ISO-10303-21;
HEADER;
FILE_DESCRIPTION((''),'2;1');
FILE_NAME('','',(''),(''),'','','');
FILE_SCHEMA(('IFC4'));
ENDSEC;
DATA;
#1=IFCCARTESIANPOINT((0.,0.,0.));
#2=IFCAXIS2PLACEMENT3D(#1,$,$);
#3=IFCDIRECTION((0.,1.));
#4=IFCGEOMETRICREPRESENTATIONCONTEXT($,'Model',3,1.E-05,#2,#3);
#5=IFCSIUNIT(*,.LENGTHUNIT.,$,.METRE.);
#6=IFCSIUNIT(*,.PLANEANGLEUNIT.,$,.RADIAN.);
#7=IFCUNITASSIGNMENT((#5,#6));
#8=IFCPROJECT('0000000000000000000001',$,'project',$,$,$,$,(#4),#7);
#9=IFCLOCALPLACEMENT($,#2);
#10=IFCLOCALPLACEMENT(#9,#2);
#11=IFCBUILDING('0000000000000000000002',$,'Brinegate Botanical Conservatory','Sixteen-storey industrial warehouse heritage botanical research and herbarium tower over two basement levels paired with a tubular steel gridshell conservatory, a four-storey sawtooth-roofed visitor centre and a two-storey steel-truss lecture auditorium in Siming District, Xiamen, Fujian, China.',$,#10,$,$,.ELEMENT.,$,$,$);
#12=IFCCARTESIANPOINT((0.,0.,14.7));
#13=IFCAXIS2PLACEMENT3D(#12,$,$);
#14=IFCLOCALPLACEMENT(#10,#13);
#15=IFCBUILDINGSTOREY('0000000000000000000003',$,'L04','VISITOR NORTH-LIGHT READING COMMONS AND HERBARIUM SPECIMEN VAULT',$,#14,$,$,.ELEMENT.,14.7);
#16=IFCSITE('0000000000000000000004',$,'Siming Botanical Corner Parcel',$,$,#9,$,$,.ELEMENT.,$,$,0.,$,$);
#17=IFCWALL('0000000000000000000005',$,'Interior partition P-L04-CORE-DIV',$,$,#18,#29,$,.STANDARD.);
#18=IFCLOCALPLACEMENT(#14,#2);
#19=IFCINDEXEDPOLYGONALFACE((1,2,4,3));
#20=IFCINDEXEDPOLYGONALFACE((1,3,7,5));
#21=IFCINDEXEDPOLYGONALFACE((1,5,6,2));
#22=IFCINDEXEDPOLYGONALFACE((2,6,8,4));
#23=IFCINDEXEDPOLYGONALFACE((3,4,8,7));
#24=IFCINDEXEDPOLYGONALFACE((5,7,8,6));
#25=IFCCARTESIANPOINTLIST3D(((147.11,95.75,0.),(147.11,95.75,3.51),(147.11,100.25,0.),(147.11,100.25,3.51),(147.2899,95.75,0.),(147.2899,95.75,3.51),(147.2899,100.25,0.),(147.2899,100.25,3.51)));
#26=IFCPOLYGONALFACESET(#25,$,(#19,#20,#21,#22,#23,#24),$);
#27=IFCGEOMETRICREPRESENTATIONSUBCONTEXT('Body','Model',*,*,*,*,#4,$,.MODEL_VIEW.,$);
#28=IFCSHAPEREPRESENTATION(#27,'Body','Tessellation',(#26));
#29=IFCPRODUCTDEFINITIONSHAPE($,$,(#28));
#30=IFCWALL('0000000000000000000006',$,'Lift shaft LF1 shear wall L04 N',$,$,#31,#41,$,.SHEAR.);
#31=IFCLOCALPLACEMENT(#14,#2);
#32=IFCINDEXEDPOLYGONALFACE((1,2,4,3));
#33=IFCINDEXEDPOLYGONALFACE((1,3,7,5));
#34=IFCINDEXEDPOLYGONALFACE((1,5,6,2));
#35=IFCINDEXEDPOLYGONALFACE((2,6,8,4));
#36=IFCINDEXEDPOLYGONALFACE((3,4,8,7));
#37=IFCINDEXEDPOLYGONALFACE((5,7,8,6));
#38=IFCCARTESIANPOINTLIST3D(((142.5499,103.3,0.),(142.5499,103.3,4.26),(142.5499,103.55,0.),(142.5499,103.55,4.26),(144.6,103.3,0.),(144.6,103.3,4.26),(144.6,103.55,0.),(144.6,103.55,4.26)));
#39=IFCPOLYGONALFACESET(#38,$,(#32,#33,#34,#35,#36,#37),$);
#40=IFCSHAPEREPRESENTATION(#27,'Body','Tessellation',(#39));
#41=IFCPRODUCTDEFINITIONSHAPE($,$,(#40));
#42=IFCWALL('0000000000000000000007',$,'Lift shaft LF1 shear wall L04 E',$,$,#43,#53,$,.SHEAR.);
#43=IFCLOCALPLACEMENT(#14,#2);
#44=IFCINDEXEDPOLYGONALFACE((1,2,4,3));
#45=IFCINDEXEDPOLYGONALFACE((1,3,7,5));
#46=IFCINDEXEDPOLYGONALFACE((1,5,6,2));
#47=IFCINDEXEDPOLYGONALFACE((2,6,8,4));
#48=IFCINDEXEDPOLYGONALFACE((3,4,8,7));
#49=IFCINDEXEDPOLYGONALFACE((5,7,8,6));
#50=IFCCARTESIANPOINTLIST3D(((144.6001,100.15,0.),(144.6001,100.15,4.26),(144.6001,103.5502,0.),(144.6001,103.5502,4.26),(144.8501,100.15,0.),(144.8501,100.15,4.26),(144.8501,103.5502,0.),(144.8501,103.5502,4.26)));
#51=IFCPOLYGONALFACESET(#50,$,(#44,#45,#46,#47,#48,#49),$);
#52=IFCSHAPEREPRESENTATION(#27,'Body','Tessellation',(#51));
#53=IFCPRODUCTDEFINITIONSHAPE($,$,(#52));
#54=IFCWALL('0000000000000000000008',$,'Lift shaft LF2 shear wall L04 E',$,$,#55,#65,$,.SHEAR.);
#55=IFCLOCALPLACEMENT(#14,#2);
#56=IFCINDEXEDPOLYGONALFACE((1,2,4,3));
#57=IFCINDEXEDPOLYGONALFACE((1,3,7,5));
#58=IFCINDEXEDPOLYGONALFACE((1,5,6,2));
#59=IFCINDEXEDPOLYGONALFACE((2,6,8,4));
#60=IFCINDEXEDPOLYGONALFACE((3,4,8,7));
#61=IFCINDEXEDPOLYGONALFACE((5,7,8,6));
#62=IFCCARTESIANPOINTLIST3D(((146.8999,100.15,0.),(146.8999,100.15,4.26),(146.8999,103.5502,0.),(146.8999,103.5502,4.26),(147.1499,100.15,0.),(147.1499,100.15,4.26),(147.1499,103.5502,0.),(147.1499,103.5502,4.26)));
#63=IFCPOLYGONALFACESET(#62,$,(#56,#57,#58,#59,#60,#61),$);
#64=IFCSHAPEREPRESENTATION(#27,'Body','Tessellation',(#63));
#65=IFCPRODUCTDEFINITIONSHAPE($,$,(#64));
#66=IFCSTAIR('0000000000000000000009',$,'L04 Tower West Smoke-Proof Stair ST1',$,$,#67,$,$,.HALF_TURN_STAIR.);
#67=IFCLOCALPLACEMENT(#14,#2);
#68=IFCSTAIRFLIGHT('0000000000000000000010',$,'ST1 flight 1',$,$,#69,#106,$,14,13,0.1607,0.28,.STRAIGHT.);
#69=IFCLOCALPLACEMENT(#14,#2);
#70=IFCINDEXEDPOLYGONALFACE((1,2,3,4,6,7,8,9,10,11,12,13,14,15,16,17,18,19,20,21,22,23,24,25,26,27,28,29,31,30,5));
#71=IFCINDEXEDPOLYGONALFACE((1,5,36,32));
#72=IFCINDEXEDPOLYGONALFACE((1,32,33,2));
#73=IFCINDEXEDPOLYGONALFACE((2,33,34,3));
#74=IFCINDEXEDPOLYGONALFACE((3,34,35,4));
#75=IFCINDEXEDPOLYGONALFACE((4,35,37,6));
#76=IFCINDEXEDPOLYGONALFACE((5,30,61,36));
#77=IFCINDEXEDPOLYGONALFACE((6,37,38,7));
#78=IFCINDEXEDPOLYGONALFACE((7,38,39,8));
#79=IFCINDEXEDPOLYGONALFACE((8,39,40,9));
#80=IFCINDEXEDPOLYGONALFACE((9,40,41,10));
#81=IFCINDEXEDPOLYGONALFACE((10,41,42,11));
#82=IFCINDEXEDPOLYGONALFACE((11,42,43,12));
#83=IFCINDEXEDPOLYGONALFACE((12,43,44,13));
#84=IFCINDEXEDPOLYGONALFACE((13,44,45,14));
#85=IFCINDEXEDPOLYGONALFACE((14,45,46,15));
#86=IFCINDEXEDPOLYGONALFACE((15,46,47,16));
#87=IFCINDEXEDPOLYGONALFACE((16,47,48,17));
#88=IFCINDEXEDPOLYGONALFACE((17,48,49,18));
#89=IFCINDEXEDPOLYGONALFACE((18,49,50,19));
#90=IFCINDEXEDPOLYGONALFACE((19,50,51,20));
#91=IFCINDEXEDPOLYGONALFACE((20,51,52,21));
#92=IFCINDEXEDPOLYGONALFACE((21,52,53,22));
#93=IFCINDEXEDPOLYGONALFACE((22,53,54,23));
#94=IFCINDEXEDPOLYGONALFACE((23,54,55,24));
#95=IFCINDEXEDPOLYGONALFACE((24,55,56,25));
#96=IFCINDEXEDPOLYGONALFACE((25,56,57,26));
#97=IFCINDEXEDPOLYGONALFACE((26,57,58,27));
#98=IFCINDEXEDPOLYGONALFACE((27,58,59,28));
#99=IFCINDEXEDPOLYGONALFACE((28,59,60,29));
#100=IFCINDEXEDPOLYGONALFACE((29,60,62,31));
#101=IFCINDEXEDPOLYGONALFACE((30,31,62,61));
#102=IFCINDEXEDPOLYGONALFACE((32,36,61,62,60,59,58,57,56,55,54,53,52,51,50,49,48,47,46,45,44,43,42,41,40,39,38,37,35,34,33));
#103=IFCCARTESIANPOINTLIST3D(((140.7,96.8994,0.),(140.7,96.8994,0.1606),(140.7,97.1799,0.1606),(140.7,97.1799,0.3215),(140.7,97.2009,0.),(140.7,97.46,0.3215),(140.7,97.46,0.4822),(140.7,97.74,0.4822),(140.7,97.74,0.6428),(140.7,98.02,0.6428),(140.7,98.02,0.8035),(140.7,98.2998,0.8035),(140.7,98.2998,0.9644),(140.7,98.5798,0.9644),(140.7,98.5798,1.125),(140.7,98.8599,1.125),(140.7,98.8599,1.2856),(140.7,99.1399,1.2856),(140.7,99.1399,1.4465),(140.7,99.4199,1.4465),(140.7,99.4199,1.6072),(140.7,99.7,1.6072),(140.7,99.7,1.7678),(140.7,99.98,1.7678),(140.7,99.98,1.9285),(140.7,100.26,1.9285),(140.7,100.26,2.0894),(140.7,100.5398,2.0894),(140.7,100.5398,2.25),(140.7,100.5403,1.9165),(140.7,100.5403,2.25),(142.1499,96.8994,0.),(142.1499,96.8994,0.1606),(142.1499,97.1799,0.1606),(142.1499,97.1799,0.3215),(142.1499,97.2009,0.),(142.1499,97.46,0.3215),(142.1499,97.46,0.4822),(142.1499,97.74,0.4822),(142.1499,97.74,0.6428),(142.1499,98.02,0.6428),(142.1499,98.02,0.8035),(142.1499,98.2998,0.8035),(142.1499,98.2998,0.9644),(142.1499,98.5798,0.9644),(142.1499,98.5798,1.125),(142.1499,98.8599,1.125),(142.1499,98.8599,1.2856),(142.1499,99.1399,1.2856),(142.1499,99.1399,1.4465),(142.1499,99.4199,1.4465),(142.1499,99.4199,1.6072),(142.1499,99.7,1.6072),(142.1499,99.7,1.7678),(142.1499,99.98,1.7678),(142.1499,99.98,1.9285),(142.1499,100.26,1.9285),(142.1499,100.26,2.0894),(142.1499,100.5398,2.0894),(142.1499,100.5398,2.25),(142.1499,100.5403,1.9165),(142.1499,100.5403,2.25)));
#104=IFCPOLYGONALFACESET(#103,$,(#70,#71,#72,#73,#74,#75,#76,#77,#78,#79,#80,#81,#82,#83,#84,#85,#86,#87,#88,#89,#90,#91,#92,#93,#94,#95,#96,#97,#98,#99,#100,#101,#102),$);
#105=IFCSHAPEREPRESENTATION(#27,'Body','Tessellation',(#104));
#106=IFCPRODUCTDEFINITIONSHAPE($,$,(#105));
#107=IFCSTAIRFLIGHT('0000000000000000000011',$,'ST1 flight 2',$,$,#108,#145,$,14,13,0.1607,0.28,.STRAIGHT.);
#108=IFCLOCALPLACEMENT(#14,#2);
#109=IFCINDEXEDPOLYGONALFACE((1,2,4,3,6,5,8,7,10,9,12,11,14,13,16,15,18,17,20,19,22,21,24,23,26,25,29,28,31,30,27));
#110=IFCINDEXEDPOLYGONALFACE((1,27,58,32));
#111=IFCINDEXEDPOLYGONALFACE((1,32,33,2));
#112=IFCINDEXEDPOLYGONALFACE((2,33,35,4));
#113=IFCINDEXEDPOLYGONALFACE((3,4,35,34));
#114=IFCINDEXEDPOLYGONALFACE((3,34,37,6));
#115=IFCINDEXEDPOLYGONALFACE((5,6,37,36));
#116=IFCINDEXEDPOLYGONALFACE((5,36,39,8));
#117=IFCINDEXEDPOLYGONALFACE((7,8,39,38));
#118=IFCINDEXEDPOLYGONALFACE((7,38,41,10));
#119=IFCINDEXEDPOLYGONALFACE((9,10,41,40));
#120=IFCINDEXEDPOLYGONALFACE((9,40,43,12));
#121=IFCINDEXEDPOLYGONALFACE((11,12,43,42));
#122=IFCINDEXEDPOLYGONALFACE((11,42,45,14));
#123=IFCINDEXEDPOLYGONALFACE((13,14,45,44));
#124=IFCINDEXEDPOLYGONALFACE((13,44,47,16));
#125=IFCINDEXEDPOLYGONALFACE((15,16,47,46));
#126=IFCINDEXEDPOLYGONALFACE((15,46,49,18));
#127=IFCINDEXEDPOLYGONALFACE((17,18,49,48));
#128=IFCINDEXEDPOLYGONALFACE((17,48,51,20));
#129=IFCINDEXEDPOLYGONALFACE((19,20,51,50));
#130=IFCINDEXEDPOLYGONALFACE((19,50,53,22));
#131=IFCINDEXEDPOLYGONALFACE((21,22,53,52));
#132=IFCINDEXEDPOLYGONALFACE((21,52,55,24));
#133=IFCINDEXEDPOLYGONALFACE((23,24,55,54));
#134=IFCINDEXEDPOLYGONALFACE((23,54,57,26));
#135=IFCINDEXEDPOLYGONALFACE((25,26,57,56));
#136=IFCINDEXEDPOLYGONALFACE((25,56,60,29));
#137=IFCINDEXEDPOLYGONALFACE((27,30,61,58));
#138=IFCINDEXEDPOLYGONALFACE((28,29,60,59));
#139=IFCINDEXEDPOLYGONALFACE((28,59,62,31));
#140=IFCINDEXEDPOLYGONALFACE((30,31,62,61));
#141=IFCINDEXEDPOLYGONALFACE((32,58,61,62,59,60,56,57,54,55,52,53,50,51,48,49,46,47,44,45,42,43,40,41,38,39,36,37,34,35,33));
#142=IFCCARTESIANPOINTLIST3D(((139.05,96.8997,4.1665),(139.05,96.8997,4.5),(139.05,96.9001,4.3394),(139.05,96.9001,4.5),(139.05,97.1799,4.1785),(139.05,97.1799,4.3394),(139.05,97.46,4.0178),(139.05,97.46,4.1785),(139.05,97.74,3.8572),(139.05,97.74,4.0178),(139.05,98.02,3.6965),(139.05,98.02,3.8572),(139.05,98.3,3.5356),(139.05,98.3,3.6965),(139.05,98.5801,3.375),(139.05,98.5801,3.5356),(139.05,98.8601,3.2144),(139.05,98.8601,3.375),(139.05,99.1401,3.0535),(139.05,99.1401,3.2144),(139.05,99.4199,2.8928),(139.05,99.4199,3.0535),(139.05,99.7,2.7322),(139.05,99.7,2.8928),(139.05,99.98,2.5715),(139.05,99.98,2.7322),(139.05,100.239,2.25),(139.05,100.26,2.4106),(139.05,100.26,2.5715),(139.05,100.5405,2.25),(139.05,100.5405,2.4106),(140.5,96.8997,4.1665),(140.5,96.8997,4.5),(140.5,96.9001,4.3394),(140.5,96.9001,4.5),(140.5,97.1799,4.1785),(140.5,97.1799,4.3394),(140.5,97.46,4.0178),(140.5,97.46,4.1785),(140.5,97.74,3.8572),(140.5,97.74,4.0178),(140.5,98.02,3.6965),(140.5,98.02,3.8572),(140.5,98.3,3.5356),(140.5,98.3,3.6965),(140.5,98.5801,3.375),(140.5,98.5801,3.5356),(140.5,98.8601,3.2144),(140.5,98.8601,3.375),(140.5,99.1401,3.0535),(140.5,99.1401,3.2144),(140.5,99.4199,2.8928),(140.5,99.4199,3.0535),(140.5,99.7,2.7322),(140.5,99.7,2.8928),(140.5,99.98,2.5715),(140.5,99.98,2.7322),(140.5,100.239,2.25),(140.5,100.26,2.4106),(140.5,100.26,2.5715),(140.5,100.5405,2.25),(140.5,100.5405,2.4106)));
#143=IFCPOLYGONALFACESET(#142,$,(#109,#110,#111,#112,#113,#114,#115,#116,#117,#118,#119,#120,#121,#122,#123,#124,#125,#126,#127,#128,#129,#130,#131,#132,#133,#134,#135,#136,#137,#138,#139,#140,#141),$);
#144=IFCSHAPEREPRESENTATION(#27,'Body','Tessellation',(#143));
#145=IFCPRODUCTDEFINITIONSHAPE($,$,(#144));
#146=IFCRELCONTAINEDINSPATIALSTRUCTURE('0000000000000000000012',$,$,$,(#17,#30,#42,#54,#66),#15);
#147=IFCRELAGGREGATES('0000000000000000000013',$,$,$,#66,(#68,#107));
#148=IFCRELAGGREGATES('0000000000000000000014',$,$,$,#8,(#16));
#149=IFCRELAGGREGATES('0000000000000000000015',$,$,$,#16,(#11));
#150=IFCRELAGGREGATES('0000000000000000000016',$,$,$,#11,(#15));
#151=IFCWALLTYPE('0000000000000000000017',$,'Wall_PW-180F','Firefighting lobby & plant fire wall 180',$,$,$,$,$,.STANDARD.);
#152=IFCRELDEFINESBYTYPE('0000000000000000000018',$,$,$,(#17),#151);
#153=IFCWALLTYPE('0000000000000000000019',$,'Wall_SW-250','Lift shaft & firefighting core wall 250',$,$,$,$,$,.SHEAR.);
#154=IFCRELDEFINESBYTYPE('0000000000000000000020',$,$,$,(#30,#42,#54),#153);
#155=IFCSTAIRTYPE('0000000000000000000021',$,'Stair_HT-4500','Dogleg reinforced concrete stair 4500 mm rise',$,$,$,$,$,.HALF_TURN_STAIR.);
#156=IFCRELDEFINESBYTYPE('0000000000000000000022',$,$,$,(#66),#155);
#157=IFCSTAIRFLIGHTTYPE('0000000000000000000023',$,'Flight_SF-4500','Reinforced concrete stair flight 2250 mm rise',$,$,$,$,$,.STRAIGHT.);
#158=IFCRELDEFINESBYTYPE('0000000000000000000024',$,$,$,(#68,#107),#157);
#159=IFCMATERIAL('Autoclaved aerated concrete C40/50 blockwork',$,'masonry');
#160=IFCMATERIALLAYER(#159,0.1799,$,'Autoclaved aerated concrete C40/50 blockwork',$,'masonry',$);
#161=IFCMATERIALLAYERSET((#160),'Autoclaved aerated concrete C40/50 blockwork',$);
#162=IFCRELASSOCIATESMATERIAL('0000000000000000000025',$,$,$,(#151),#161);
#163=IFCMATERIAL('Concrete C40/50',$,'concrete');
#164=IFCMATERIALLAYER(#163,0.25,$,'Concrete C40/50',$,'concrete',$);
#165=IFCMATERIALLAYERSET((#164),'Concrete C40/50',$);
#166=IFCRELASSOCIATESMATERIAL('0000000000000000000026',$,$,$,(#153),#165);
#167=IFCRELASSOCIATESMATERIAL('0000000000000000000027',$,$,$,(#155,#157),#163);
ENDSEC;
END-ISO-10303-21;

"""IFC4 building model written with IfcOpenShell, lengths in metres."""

from ifc_helpers import new_model, si_unit, direction, frame, frame_2d, origin, place, context, subcontext, project, spatial, polyline, rectangle, outline, extrude, material, layer, layer_set, type_object, element, aggregate, save


model = new_model("IFC4")

# Units and contexts
model_context = context("Model", 3, precision=1e-05, world=origin(), true_north=direction((0.0, 1.0)))
body_context = subcontext(model_context, "Body", "Model", "MODEL_VIEW")
ifc_project = project(units=[si_unit("LENGTHUNIT", "METRE"), si_unit("PLANEANGLEUNIT", "RADIAN")], contexts=[model_context])

# Site, building, storey
site_placement = place(None, origin())
site = spatial("IfcSite", under=ifc_project, at=site_placement, Name="Siming Botanical Corner Parcel", CompositionType="ELEMENT", RefElevation=0.0)
building_placement = place(site_placement, origin())
building = spatial("IfcBuilding", under=site, at=building_placement, Name="Brinegate Botanical Conservatory", Description="Sixteen-storey industrial warehouse heritage botanical research and herbarium tower over two basement levels paired with a tubular steel gridshell conservatory, a four-storey sawtooth-roofed visitor centre and a two-storey steel-truss lecture auditorium in Siming District, Xiamen, Fujian, China.", CompositionType="ELEMENT")
storey_placement = place(building_placement, frame((0.0, 0.0, 14.7)))
storey = spatial("IfcBuildingStorey", under=building, at=storey_placement, Name="L04", Description="VISITOR NORTH-LIGHT READING COMMONS AND HERBARIUM SPECIMEN VAULT", CompositionType="ELEMENT", Elevation=14.7)

# Wall
ifc_material_1 = material(Name="Autoclaved aerated concrete C40/50 blockwork", Category="masonry")
ifc_layer_1 = layer(ifc_material_1, 0.1799, Name="Autoclaved aerated concrete C40/50 blockwork", Category="masonry")
ifc_layer_set_1 = layer_set([ifc_layer_1], Name="Autoclaved aerated concrete C40/50 blockwork")
wall_type_1 = type_object("IfcWallType", Name="Wall_PW-180F", Description="Firefighting lobby & plant fire wall 180", PredefinedType="STANDARD", material=ifc_layer_set_1)
wall_1_placement = place(storey_placement, frame((147.2, 95.75, 0.0), z_axis=(0.0, 0.0, 1.0), x_axis=(0.0, 1.0, 0.0)))
element("IfcWall", 1, at=wall_1_placement, inside=storey, type_object=wall_type_1, Name="Interior partition P-L04-CORE-DIV", PredefinedType="STANDARD", context=body_context, shape_type="SweptSolid", body=[
    extrude(rectangle(XDim=4.5, YDim=0.1799, at=frame_2d((2.25, 0.0))), origin(), (0.0, 0.0, 1.0), 3.51),
])

# Shared definitions
ifc_material_2 = material(Name="Concrete C40/50", Category="concrete")
ifc_layer_2 = layer(ifc_material_2, 0.25, Name="Concrete C40/50", Category="concrete")
ifc_layer_set_2 = layer_set([ifc_layer_2], Name="Concrete C40/50")
wall_type_2 = type_object("IfcWallType", Name="Wall_SW-250", Description="Lift shaft & firefighting core wall 250", PredefinedType="SHEAR", material=ifc_layer_set_2)

# Walls
wall_2_placement = place(storey_placement, frame((142.55, 103.425, 0.0), z_axis=(0.0, 0.0, 1.0), x_axis=(1.0, 0.0, 0.0)))
element("IfcWall", 2, at=wall_2_placement, inside=storey, type_object=wall_type_2, Name="Lift shaft LF1 shear wall L04 N", PredefinedType="SHEAR", context=body_context, shape_type="SweptSolid", body=[
    extrude(rectangle(XDim=2.05, YDim=0.25, at=frame_2d((1.0249, 0.0))), origin(), (0.0, 0.0, 1.0), 4.26),
])
wall_3_placement = place(storey_placement, frame((144.7251, 100.1499, 0.0), z_axis=(0.0, 0.0, 1.0), x_axis=(0.0, 1.0, 0.0)))
element("IfcWall", 3, at=wall_3_placement, inside=storey, type_object=wall_type_2, Name="Lift shaft LF1 shear wall L04 E", PredefinedType="SHEAR", context=body_context, shape_type="SweptSolid", body=[
    extrude(rectangle(XDim=3.4001, YDim=0.25, at=frame_2d((1.7002, 0.0))), origin(), (0.0, 0.0, 1.0), 4.26),
])

# Wall
wall_4_placement = place(storey_placement, frame((147.0249, 100.1499, 0.0), z_axis=(0.0, 0.0, 1.0), x_axis=(0.0, 1.0, 0.0)))
element("IfcWall", 4, at=wall_4_placement, inside=storey, type_object=wall_type_2, Name="Lift shaft LF2 shear wall L04 E", PredefinedType="SHEAR", context=body_context, shape_type="SweptSolid", body=[
    extrude(rectangle(XDim=3.4001, YDim=0.25, at=frame_2d((1.7002, 0.0))), origin(), (0.0, 0.0, 1.0), 4.26),
])

# Stair, stair flights
stair_type = type_object("IfcStairType", Name="Stair_HT-4500", Description="Dogleg reinforced concrete stair 4500 mm rise", PredefinedType="HALF_TURN_STAIR", material=ifc_material_2)
stair_placement = place(storey_placement, origin())
stair = element("IfcStair", 5, at=stair_placement, inside=storey, type_object=stair_type, Name="L04 Tower West Smoke-Proof Stair ST1", PredefinedType="HALF_TURN_STAIR")
stair_flight_type = type_object("IfcStairFlightType", Name="Flight_SF-4500", Description="Reinforced concrete stair flight 2250 mm rise", PredefinedType="STRAIGHT", material=ifc_material_2)
stair_flight_1_placement = place(storey_placement, frame((141.425, 96.8999, 0.0), z_axis=(0.0, 0.0, 1.0), x_axis=(0.0, 1.0, 0.0)))
stair_flight_1 = element("IfcStairFlight", 6, at=stair_flight_1_placement, type_object=stair_flight_type, Name="ST1 flight 1", NumberOfRisers=14, NumberOfTreads=13, PredefinedType="STRAIGHT", RiserHeight=0.1607, TreadLength=0.28, context=body_context, shape_type="SweptSolid", body=[
    extrude(outline(polyline([(-0.0005, 0.0), (-0.0005, 0.1606), (0.28, 0.1606), (0.28, 0.3215), (0.5601, 0.3215), (0.5601, 0.4822), (0.8401, 0.4822), (0.8401, 0.6428), (1.1201, 0.6428), (1.1201, 0.8035), (1.3999, 0.8035), (1.3999, 0.9644), (1.6799, 0.9644), (1.6799, 1.125), (1.96, 1.125), (1.96, 1.2856), (2.24, 1.2856), (2.24, 1.4465), (2.52, 1.4465), (2.52, 1.6072), (2.8, 1.6072), (2.8, 1.7678), (3.0801, 1.7678), (3.0801, 1.9285), (3.3601, 1.9285), (3.3601, 2.0894), (3.6399, 2.0894), (3.6399, 2.25), (3.6404, 2.25), (3.6404, 1.9165), (0.301, 0.0), (-0.0005, 0.0)])), frame((0.0, 0.7251, 0.0), z_axis=(0.0, -1.0, 0.0), x_axis=(1.0, 0.0, 0.0)), (0.0, 0.0, 1.0), 1.45),
])
stair_flight_2_placement = place(storey_placement, frame((139.7749, 100.54, 2.25), z_axis=(0.0, 0.0, 1.0), x_axis=(0.0, -1.0, 0.0)))
stair_flight_2 = element("IfcStairFlight", 7, at=stair_flight_2_placement, type_object=stair_flight_type, Name="ST1 flight 2", NumberOfRisers=14, NumberOfTreads=13, PredefinedType="STRAIGHT", RiserHeight=0.1607, TreadLength=0.28, context=body_context, shape_type="SweptSolid", body=[
    extrude(outline(polyline([(-0.0005, 0.0), (-0.0005, 0.1606), (0.28, 0.1606), (0.28, 0.3215), (0.5601, 0.3215), (0.5601, 0.4822), (0.8401, 0.4822), (0.8401, 0.6428), (1.1201, 0.6428), (1.1201, 0.8035), (1.3999, 0.8035), (1.3999, 0.9644), (1.6799, 0.9644), (1.6799, 1.125), (1.96, 1.125), (1.96, 1.2856), (2.24, 1.2856), (2.24, 1.4465), (2.52, 1.4465), (2.52, 1.6072), (2.8, 1.6072), (2.8, 1.7678), (3.0801, 1.7678), (3.0801, 1.9285), (3.3601, 1.9285), (3.3601, 2.0894), (3.6399, 2.0894), (3.6399, 2.25), (3.6404, 2.25), (3.6404, 1.9165), (0.301, 0.0), (-0.0005, 0.0)])), frame((0.0, 0.7251, 0.0), z_axis=(0.0, -1.0, 0.0), x_axis=(1.0, 0.0, 0.0)), (0.0, 0.0, 1.0), 1.45),
])
aggregate(stair, [stair_flight_1, stair_flight_2])

save(model, "model.ifc")
